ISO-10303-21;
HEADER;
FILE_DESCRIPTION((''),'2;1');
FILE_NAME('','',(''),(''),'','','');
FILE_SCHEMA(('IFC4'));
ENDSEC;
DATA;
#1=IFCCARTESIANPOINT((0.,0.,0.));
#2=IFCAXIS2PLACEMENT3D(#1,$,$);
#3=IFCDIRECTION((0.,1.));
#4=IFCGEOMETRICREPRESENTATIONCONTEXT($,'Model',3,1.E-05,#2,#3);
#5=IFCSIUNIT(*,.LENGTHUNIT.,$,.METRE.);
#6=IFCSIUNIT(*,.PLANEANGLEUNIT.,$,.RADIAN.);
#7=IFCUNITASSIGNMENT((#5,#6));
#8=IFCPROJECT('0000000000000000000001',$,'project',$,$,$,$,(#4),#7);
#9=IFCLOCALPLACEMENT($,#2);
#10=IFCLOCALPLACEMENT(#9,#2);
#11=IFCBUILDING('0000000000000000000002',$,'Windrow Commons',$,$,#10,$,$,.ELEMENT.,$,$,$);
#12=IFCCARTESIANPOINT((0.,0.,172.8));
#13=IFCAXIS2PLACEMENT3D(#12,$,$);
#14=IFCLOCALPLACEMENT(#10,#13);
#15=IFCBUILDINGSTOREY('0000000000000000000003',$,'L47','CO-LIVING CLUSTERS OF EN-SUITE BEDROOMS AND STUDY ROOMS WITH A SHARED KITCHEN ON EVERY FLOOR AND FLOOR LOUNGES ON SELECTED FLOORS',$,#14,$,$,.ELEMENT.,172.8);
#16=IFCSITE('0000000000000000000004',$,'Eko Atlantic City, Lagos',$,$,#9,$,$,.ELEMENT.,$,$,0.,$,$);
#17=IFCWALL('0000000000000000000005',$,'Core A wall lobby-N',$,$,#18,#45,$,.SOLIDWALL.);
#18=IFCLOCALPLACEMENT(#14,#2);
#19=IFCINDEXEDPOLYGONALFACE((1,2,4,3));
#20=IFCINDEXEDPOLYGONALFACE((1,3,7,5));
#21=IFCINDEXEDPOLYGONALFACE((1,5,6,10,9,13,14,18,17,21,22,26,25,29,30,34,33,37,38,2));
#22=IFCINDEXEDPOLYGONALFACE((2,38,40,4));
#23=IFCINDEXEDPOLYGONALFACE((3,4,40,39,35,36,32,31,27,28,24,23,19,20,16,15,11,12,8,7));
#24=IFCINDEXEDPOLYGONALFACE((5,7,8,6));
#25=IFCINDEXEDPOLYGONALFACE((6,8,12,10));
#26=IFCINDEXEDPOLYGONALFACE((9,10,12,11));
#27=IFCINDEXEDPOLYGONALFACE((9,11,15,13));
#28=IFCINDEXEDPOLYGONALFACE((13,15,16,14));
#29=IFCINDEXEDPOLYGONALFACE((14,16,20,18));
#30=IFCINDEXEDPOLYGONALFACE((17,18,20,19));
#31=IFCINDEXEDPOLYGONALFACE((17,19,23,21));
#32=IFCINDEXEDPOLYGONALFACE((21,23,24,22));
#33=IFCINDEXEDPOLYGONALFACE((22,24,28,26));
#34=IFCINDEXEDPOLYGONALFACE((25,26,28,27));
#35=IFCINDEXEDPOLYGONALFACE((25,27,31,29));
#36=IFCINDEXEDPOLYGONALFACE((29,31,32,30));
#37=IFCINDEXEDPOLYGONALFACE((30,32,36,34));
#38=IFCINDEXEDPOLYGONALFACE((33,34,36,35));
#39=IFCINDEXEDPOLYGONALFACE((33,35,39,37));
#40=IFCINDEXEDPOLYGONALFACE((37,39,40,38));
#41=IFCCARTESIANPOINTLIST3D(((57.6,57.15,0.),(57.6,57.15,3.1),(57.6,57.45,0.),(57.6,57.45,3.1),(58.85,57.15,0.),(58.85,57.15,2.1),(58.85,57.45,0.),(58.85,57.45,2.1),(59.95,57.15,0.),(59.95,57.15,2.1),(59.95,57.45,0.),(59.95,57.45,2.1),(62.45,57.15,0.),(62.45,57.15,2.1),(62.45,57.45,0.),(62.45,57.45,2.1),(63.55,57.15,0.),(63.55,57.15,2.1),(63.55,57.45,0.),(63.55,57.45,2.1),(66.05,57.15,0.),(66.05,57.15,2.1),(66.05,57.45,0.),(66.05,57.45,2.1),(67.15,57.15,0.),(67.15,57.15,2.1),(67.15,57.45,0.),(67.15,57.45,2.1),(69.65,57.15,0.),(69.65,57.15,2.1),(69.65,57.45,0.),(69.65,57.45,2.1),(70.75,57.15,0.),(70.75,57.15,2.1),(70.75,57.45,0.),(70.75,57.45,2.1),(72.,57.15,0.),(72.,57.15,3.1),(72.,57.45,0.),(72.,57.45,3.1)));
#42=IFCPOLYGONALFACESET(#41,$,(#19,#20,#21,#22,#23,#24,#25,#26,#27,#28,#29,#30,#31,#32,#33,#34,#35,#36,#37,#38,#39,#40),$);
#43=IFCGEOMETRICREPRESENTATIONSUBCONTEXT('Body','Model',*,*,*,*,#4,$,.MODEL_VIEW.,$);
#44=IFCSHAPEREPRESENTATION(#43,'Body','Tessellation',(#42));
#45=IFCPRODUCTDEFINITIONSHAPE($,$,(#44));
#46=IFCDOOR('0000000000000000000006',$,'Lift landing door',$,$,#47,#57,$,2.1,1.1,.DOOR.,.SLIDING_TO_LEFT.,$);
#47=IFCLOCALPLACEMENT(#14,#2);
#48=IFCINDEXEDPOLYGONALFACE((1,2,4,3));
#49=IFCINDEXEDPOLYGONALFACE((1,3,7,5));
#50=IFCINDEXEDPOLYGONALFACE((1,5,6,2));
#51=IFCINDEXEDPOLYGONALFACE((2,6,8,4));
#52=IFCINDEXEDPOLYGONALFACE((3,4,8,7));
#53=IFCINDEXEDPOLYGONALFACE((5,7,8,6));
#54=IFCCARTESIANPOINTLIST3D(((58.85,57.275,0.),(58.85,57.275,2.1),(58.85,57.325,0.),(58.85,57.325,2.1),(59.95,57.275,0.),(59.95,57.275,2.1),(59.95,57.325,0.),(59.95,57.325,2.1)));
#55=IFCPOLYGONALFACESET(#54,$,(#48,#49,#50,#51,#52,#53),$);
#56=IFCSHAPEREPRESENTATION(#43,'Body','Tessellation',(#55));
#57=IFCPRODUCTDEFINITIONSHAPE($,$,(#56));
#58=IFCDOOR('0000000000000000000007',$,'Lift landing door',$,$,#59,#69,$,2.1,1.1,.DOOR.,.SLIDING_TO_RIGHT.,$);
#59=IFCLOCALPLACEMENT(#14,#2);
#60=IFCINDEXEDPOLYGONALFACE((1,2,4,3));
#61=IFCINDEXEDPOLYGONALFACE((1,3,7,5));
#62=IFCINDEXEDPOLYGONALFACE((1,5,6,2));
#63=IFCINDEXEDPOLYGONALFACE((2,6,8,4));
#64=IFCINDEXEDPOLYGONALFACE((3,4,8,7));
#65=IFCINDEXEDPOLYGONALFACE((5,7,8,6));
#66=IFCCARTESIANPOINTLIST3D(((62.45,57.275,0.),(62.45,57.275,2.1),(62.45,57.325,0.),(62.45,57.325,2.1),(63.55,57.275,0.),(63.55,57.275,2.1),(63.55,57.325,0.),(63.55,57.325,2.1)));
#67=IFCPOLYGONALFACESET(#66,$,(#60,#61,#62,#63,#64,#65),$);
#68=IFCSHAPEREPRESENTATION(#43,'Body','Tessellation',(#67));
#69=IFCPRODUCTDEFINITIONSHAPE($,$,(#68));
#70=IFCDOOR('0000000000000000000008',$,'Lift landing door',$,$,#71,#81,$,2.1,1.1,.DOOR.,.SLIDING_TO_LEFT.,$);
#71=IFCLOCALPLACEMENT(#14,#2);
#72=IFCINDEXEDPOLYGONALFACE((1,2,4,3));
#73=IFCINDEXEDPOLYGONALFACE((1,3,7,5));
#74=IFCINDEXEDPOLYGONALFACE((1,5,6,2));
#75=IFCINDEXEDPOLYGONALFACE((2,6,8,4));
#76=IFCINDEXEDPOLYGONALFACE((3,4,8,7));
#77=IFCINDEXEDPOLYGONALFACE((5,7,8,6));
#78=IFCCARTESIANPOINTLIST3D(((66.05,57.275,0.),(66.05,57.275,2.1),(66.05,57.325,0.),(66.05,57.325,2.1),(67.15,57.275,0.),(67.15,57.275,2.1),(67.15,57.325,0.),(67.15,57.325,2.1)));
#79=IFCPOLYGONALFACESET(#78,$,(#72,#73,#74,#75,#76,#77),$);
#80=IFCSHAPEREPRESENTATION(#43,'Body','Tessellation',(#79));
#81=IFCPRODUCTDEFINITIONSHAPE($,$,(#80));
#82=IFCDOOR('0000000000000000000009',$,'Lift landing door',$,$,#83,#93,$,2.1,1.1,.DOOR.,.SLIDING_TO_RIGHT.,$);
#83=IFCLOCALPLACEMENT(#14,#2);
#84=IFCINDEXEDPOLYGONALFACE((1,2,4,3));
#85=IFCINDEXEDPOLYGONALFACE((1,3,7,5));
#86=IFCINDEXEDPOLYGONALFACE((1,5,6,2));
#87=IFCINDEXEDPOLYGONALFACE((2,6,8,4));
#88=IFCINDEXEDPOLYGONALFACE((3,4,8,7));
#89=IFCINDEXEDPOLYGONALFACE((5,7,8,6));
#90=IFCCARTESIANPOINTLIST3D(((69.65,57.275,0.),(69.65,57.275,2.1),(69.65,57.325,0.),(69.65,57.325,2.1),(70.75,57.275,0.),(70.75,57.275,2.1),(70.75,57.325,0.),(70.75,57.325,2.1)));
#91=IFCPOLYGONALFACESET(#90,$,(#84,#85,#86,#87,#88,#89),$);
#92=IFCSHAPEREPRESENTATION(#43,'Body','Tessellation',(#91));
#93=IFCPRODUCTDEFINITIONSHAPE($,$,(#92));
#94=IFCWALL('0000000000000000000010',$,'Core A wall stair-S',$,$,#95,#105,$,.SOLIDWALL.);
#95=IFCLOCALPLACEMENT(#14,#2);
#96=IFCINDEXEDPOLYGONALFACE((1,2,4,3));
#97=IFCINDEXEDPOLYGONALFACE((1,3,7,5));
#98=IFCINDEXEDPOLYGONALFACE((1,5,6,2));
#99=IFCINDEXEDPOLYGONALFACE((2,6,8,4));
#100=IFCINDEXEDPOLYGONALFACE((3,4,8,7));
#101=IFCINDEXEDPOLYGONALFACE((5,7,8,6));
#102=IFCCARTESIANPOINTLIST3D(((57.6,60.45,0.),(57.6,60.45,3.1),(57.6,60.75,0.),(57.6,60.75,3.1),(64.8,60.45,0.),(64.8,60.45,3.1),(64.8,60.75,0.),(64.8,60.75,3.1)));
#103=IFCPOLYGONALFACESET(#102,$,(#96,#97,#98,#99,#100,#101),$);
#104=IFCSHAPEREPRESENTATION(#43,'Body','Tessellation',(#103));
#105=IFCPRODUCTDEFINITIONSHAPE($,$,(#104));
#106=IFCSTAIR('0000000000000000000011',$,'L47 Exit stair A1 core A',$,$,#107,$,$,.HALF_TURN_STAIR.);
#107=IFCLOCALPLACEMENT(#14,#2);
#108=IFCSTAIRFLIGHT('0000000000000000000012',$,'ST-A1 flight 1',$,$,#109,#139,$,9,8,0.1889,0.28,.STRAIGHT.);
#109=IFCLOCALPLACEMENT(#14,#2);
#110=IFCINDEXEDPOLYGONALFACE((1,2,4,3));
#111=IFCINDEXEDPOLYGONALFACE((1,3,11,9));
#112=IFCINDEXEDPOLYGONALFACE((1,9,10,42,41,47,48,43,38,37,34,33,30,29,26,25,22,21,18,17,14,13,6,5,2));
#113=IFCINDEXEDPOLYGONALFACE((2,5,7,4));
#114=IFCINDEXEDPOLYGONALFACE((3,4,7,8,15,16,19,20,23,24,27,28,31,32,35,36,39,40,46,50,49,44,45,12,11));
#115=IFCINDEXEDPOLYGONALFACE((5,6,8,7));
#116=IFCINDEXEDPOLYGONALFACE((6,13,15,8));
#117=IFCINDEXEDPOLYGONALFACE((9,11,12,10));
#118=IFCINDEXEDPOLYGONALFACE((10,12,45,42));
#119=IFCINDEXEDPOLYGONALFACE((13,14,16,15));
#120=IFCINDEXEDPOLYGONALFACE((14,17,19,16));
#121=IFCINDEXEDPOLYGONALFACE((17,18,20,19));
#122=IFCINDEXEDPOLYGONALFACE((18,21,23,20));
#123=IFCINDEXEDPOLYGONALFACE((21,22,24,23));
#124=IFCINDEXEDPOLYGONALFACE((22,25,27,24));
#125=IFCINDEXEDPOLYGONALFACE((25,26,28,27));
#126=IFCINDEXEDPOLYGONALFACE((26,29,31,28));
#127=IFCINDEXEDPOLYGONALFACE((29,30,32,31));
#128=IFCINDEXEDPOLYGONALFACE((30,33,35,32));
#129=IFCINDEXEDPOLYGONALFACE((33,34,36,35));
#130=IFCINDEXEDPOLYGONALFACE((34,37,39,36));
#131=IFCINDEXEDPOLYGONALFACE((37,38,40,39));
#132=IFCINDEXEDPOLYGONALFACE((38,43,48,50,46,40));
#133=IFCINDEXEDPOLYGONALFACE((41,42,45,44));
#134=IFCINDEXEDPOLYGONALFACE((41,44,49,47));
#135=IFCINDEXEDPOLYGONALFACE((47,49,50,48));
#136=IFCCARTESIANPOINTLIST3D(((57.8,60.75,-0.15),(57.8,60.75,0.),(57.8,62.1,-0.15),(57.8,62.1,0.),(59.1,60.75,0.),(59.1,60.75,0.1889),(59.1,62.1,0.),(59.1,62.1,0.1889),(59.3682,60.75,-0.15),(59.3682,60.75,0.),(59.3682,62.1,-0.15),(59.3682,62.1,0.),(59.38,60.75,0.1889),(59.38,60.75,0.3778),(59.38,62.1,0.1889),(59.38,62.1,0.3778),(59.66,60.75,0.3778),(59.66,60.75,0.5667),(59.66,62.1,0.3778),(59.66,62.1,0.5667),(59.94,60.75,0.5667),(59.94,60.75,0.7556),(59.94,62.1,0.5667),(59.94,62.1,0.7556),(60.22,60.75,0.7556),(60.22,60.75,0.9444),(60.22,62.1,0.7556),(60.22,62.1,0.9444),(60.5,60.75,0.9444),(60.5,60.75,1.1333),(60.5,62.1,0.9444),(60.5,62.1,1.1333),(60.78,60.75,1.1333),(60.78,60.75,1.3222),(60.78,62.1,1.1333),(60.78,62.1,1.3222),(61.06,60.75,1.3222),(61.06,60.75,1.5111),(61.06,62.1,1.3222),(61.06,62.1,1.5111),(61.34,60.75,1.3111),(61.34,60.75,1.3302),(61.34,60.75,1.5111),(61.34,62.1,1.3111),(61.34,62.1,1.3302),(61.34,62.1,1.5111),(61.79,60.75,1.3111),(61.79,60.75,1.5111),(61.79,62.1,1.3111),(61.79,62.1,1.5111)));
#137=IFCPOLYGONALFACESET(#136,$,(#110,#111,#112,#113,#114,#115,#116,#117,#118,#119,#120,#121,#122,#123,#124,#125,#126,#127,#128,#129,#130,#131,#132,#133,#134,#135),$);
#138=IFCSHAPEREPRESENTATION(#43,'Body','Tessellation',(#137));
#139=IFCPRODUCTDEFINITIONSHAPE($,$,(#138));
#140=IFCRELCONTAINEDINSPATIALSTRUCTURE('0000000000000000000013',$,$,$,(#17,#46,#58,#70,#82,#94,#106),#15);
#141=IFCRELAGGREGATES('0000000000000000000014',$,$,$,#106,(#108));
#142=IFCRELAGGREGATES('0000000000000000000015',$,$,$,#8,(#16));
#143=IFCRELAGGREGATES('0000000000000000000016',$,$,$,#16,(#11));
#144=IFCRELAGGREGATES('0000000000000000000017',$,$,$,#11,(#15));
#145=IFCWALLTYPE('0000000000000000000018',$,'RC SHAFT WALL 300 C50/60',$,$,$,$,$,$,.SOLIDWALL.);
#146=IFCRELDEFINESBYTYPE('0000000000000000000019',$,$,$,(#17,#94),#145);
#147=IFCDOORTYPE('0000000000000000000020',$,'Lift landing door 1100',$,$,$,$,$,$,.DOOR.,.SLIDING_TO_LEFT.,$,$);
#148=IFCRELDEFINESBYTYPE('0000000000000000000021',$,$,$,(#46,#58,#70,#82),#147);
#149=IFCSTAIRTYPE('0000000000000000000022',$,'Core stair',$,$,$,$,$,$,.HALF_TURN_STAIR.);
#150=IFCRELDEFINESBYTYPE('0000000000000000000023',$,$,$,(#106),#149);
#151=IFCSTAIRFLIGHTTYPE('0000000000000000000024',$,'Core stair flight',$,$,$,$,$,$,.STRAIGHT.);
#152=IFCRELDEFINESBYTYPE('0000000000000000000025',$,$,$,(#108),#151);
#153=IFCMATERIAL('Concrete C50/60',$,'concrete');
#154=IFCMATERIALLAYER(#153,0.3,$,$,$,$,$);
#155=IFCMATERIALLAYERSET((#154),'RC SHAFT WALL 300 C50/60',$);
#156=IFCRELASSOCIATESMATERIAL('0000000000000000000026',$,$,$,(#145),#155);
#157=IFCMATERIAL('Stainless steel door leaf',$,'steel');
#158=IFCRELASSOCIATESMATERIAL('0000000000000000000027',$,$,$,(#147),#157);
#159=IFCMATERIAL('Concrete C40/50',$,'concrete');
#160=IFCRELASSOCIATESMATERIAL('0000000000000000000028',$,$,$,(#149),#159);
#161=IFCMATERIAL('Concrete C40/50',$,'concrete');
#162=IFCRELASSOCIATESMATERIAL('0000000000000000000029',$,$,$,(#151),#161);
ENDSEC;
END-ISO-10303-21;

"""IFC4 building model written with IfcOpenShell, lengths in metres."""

from ifc_helpers import new_model, si_unit, direction, frame, frame_2d, origin, place, context, subcontext, project, spatial, polyline, rectangle, outline, extrude, material, layer, layer_set, type_object, element, fill, aggregate, save


model = new_model("IFC4")

# Units and contexts
model_context = context("Model", 3, precision=1e-05, world=origin(), true_north=direction((0.0, 1.0)))
body_context = subcontext(model_context, "Body", "Model", "MODEL_VIEW")
ifc_project = project(units=[si_unit("LENGTHUNIT", "METRE"), si_unit("PLANEANGLEUNIT", "RADIAN")], contexts=[model_context])

# Site, building, storey
site_placement = place(None, origin())
site = spatial("IfcSite", under=ifc_project, at=site_placement, Name="Eko Atlantic City, Lagos", CompositionType="ELEMENT", RefElevation=0.0)
building_placement = place(site_placement, origin())
building = spatial("IfcBuilding", under=site, at=building_placement, Name="Windrow Commons", CompositionType="ELEMENT")
storey_placement = place(building_placement, frame((0.0, 0.0, 172.8)))
storey = spatial("IfcBuildingStorey", under=building, at=storey_placement, Name="L47", Description="CO-LIVING CLUSTERS OF EN-SUITE BEDROOMS AND STUDY ROOMS WITH A SHARED KITCHEN ON EVERY FLOOR AND FLOOR LOUNGES ON SELECTED FLOORS", CompositionType="ELEMENT", Elevation=172.8)

# Shared definitions
ifc_material_1 = material(Name="Concrete C50/60", Category="concrete")
ifc_layer_1 = layer(ifc_material_1, 0.3)
ifc_layer_set_1 = layer_set([ifc_layer_1], Name="RC SHAFT WALL 300 C50/60")
wall_type_1 = type_object("IfcWallType", Name="RC SHAFT WALL 300 C50/60", PredefinedType="SOLIDWALL", material=ifc_layer_set_1)

# Wall, openings, doors
ifc_material_2 = material(Name="Stainless steel door leaf", Category="steel")
door_type_1 = type_object("IfcDoorType", Name="Lift landing door 1100", OperationType="SLIDING_TO_LEFT", PredefinedType="DOOR", material=ifc_material_2)
wall_1_placement = place(storey_placement, frame((57.6, 57.3, 0.0), z_axis=(0.0, 0.0, 1.0), x_axis=(1.0, 0.0, 0.0)))
wall_1 = element("IfcWall", 1, at=wall_1_placement, inside=storey, type_object=wall_type_1, Name="Core A wall lobby-N", PredefinedType="SOLIDWALL", context=body_context, shape_type="SweptSolid", body=[
    extrude(rectangle(XDim=14.4, YDim=0.3, at=frame_2d((7.2, 0.0))), origin(), (0.0, 0.0, 1.0), 3.1),
])
opening_1_placement = place(wall_1_placement, frame((1.25, 0.0, 0.0)))
opening_1 = element("IfcOpeningElement", 2, at=opening_1_placement, cuts=wall_1, PredefinedType="OPENING", context=body_context, shape_type="SweptSolid", body=[
    extrude(rectangle(XDim=1.1, YDim=2.1, at=frame_2d((0.55, 1.05))), frame((0.0, 0.16, 0.0), z_axis=(0.0, -1.0, 0.0), x_axis=(1.0, 0.0, 0.0)), (0.0, 0.0, 1.0), 0.32),
])
opening_2_placement = place(wall_1_placement, frame((4.85, 0.0, 0.0)))
opening_2 = element("IfcOpeningElement", 3, at=opening_2_placement, cuts=wall_1, PredefinedType="OPENING", context=body_context, shape_type="SweptSolid", body=[
    extrude(rectangle(XDim=1.1, YDim=2.1, at=frame_2d((0.55, 1.05))), frame((0.0, 0.16, 0.0), z_axis=(0.0, -1.0, 0.0), x_axis=(1.0, 0.0, 0.0)), (0.0, 0.0, 1.0), 0.32),
])
opening_3_placement = place(wall_1_placement, frame((8.45, 0.0, 0.0)))
opening_3 = element("IfcOpeningElement", 4, at=opening_3_placement, cuts=wall_1, PredefinedType="OPENING", context=body_context, shape_type="SweptSolid", body=[
    extrude(rectangle(XDim=1.1, YDim=2.1, at=frame_2d((0.55, 1.05))), frame((0.0, 0.16, 0.0), z_axis=(0.0, -1.0, 0.0), x_axis=(1.0, 0.0, 0.0)), (0.0, 0.0, 1.0), 0.32),
])
opening_4_placement = place(wall_1_placement, frame((12.05, 0.0, 0.0)))
opening_4 = element("IfcOpeningElement", 5, at=opening_4_placement, cuts=wall_1, PredefinedType="OPENING", context=body_context, shape_type="SweptSolid", body=[
    extrude(rectangle(XDim=1.1, YDim=2.1, at=frame_2d((0.55, 1.05))), frame((0.0, 0.16, 0.0), z_axis=(0.0, -1.0, 0.0), x_axis=(1.0, 0.0, 0.0)), (0.0, 0.0, 1.0), 0.32),
])
door_1_placement = place(opening_1_placement, origin())
door_1 = element("IfcDoor", 6, at=door_1_placement, inside=storey, type_object=door_type_1, Name="Lift landing door", OperationType="SLIDING_TO_LEFT", OverallHeight=2.1, OverallWidth=1.1, PredefinedType="DOOR", context=body_context, shape_type="SweptSolid", body=[
    extrude(rectangle(XDim=1.1, YDim=2.1, at=frame_2d((0.55, 1.05))), frame((0.0, 0.025, 0.0), z_axis=(0.0, -1.0, 0.0), x_axis=(1.0, 0.0, 0.0)), (0.0, 0.0, 1.0), 0.05),
])
fill(opening_1, door_1)
door_2_placement = place(opening_2_placement, origin())
door_2 = element("IfcDoor", 7, at=door_2_placement, inside=storey, type_object=door_type_1, Name="Lift landing door", OperationType="SLIDING_TO_RIGHT", OverallHeight=2.1, OverallWidth=1.1, PredefinedType="DOOR", context=body_context, shape_type="SweptSolid", body=[
    extrude(rectangle(XDim=1.1, YDim=2.1, at=frame_2d((0.55, 1.05))), frame((0.0, 0.025, 0.0), z_axis=(0.0, -1.0, 0.0), x_axis=(1.0, 0.0, 0.0)), (0.0, 0.0, 1.0), 0.05),
])
fill(opening_2, door_2)
door_3_placement = place(opening_3_placement, origin())
door_3 = element("IfcDoor", 8, at=door_3_placement, inside=storey, type_object=door_type_1, Name="Lift landing door", OperationType="SLIDING_TO_LEFT", OverallHeight=2.1, OverallWidth=1.1, PredefinedType="DOOR", context=body_context, shape_type="SweptSolid", body=[
    extrude(rectangle(XDim=1.1, YDim=2.1, at=frame_2d((0.55, 1.05))), frame((0.0, 0.025, 0.0), z_axis=(0.0, -1.0, 0.0), x_axis=(1.0, 0.0, 0.0)), (0.0, 0.0, 1.0), 0.05),
])
fill(opening_3, door_3)
door_4_placement = place(opening_4_placement, origin())
door_4 = element("IfcDoor", 9, at=door_4_placement, inside=storey, type_object=door_type_1, Name="Lift landing door", OperationType="SLIDING_TO_RIGHT", OverallHeight=2.1, OverallWidth=1.1, PredefinedType="DOOR", context=body_context, shape_type="SweptSolid", body=[
    extrude(rectangle(XDim=1.1, YDim=2.1, at=frame_2d((0.55, 1.05))), frame((0.0, 0.025, 0.0), z_axis=(0.0, -1.0, 0.0), x_axis=(1.0, 0.0, 0.0)), (0.0, 0.0, 1.0), 0.05),
])
fill(opening_4, door_4)

# Wall
wall_2_placement = place(storey_placement, frame((57.6, 60.6, 0.0), z_axis=(0.0, 0.0, 1.0), x_axis=(1.0, 0.0, 0.0)))
element("IfcWall", 10, at=wall_2_placement, inside=storey, type_object=wall_type_1, Name="Core A wall stair-S", PredefinedType="SOLIDWALL", context=body_context, shape_type="SweptSolid", body=[
    extrude(rectangle(XDim=7.2, YDim=0.3, at=frame_2d((3.6, 0.0))), origin(), (0.0, 0.0, 1.0), 3.1),
])

# Stair, stair flight
ifc_material_3 = material(Name="Concrete C40/50", Category="concrete")
stair_type = type_object("IfcStairType", Name="Core stair", PredefinedType="HALF_TURN_STAIR", material=ifc_material_3)
stair_placement = place(storey_placement, origin())
stair = element("IfcStair", 11, at=stair_placement, inside=storey, type_object=stair_type, Name="L47 Exit stair A1 core A", PredefinedType="HALF_TURN_STAIR")
ifc_material_4 = material(Name="Concrete C40/50", Category="concrete")
stair_flight_type = type_object("IfcStairFlightType", Name="Core stair flight", PredefinedType="STRAIGHT", material=ifc_material_4)
stair_flight_placement = place(storey_placement, frame((59.1, 61.425, 0.0), z_axis=(0.0, 0.0, 1.0), x_axis=(1.0, 0.0, 0.0)))
stair_flight = element("IfcStairFlight", 12, at=stair_flight_placement, type_object=stair_flight_type, Name="ST-A1 flight 1", NumberOfRisers=9, NumberOfTreads=8, PredefinedType="STRAIGHT", RiserHeight=0.1889, TreadLength=0.28, context=body_context, shape_type="SweptSolid", body=[
    extrude(outline(polyline([(-1.3, -0.15), (-1.3, 0.0), (0.0, 0.0), (0.0, 0.1889), (0.28, 0.1889), (0.28, 0.3778), (0.56, 0.3778), (0.56, 0.5667), (0.84, 0.5667), (0.84, 0.7556), (1.12, 0.7556), (1.12, 0.9444), (1.4, 0.9444), (1.4, 1.1333), (1.68, 1.1333), (1.68, 1.3222), (1.96, 1.3222), (1.96, 1.5111), (2.24, 1.5111), (2.69, 1.5111), (2.69, 1.3111), (2.24, 1.3111), (2.24, 1.3302), (0.2682, 0.0), (0.2682, -0.15), (-1.3, -0.15)])), frame((0.0, 0.675, 0.0), z_axis=(0.0, -1.0, 0.0), x_axis=(1.0, 0.0, 0.0)), (0.0, 0.0, 1.0), 1.35),
])
aggregate(stair, [stair_flight])

save(model, "model.ifc")
